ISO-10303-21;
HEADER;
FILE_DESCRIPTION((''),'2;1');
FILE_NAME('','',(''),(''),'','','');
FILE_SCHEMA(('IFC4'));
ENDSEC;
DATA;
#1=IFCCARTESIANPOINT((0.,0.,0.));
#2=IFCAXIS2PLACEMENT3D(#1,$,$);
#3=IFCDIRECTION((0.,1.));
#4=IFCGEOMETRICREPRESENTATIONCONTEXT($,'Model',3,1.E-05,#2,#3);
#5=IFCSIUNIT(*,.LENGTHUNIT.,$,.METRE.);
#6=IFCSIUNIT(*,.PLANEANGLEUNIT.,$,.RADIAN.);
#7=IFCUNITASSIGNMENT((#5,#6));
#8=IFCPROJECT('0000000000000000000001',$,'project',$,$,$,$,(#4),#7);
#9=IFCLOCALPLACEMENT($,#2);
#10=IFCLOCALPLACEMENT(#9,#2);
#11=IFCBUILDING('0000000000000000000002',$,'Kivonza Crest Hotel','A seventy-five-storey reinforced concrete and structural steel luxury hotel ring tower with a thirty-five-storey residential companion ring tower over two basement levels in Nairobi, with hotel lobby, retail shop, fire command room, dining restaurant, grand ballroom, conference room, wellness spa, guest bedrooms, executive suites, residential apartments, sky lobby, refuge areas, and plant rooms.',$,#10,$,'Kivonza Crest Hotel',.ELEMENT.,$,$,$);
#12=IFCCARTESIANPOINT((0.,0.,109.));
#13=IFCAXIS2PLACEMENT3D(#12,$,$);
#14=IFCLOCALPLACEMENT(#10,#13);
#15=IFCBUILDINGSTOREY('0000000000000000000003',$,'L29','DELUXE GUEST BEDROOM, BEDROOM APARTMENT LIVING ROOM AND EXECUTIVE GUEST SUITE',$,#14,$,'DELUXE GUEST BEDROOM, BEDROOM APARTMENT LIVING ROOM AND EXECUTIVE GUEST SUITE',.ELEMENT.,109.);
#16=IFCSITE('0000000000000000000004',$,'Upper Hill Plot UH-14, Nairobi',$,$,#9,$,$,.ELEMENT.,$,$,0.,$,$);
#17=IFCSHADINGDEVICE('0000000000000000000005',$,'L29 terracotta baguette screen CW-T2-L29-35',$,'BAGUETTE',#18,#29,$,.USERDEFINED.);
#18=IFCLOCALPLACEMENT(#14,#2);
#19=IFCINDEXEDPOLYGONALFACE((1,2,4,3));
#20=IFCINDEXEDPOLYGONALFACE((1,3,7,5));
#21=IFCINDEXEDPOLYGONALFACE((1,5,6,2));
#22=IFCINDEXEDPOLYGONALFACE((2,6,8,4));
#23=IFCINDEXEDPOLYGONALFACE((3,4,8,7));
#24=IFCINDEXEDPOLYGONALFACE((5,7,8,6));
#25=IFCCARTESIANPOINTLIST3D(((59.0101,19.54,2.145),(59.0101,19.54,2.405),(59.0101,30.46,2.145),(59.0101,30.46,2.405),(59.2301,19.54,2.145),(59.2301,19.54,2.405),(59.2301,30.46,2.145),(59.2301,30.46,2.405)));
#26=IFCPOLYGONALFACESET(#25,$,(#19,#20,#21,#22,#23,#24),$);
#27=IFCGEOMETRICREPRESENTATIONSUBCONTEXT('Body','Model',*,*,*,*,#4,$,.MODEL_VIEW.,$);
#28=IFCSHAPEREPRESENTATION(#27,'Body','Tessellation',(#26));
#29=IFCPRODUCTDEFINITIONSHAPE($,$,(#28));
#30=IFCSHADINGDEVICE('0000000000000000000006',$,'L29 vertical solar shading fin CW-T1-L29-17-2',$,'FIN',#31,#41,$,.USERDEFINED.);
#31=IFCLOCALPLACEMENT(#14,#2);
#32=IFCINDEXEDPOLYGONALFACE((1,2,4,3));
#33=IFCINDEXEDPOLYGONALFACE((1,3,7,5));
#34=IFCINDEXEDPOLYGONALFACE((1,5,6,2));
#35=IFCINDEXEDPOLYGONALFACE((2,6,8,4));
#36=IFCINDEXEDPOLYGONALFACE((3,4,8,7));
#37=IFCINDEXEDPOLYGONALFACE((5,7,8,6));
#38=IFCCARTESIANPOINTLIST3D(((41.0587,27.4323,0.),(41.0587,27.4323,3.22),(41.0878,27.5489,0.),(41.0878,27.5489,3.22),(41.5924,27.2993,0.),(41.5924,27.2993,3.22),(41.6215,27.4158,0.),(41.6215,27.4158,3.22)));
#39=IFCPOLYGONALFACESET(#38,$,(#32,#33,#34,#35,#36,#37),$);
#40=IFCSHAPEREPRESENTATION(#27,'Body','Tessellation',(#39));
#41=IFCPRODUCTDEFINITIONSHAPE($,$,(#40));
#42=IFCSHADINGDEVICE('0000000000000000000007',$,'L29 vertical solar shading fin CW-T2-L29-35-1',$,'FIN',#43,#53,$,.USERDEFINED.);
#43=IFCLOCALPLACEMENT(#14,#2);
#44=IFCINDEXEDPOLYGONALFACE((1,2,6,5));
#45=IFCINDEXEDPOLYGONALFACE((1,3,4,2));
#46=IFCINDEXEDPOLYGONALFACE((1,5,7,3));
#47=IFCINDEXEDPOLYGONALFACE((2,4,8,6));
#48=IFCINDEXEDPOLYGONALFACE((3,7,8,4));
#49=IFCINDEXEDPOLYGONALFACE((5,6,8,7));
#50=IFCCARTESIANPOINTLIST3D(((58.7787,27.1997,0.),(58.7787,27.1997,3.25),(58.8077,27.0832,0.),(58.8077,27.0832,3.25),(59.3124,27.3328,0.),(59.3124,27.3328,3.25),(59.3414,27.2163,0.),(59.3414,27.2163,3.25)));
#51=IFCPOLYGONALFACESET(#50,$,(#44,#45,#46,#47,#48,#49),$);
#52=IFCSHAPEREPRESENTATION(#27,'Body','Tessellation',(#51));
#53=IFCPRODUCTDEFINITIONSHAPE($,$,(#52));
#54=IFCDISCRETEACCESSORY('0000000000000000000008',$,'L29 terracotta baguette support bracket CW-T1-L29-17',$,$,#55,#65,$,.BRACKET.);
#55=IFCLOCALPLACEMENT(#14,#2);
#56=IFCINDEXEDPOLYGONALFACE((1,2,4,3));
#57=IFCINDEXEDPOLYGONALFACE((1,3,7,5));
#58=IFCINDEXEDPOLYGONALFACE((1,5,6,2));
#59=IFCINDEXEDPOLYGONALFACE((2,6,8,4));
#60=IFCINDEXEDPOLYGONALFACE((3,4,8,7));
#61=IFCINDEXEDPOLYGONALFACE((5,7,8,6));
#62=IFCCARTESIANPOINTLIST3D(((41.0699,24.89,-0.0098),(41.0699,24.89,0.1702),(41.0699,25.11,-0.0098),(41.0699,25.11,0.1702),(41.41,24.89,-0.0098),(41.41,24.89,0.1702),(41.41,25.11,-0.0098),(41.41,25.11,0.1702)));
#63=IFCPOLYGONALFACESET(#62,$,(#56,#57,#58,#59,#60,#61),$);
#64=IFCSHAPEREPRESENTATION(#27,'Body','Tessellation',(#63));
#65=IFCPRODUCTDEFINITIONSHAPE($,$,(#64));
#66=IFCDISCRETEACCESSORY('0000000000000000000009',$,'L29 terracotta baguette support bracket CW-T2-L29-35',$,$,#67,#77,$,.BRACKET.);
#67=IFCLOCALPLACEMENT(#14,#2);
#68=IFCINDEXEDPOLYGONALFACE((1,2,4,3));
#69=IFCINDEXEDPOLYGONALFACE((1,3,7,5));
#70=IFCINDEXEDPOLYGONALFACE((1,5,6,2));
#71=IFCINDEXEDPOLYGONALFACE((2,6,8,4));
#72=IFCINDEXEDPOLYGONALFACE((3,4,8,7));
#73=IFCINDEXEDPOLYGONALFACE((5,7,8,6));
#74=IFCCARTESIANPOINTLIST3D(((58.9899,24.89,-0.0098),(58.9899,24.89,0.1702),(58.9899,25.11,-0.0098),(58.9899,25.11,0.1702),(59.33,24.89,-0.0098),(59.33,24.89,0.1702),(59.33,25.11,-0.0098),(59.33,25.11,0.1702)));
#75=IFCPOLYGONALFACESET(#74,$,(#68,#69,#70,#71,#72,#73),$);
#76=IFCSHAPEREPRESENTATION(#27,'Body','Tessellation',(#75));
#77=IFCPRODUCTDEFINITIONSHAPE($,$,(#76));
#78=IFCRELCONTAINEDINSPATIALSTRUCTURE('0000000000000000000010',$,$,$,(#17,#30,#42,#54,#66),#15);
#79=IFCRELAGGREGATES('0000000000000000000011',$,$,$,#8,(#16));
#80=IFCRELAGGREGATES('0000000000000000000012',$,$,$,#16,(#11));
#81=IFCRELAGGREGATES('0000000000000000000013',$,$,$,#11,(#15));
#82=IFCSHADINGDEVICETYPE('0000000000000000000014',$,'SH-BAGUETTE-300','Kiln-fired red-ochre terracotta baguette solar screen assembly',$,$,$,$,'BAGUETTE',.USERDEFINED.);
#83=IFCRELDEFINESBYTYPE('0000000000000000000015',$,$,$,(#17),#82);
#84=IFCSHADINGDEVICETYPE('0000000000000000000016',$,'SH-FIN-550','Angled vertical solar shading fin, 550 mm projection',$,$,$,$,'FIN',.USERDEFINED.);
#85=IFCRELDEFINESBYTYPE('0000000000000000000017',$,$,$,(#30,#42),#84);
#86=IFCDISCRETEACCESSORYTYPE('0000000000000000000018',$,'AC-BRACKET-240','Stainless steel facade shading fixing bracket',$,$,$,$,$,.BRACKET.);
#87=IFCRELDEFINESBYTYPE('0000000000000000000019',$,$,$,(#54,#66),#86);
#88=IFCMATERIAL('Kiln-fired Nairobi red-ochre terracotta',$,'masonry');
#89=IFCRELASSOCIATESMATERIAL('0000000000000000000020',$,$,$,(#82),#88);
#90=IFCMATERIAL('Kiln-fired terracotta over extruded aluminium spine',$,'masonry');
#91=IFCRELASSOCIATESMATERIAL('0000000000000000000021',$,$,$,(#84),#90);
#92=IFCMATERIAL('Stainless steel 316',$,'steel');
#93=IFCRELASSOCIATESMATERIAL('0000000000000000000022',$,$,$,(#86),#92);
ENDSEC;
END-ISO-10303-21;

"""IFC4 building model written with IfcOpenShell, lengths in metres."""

from ifc_helpers import new_model, si_unit, direction, frame, origin, origin_2d, place, context, subcontext, project, spatial, rectangle, extrude, material, type_object, element, save


model = new_model("IFC4")

# Units and contexts
model_context = context("Model", 3, precision=1e-05, world=origin(), true_north=direction((0.0, 1.0)))
body_context = subcontext(model_context, "Body", "Model", "MODEL_VIEW")
ifc_project = project(units=[si_unit("LENGTHUNIT", "METRE"), si_unit("PLANEANGLEUNIT", "RADIAN")], contexts=[model_context])

# Site, building, storey
site_placement = place(None, origin())
site = spatial("IfcSite", under=ifc_project, at=site_placement, Name="Upper Hill Plot UH-14, Nairobi", CompositionType="ELEMENT", RefElevation=0.0)
building_placement = place(site_placement, origin())
building = spatial("IfcBuilding", under=site, at=building_placement, Name="Kivonza Crest Hotel", Description="A seventy-five-storey reinforced concrete and structural steel luxury hotel ring tower with a thirty-five-storey residential companion ring tower over two basement levels in Nairobi, with hotel lobby, retail shop, fire command room, dining restaurant, grand ballroom, conference room, wellness spa, guest bedrooms, executive suites, residential apartments, sky lobby, refuge areas, and plant rooms.", LongName="Kivonza Crest Hotel", CompositionType="ELEMENT")
storey_placement = place(building_placement, frame((0.0, 0.0, 109.0)))
storey = spatial("IfcBuildingStorey", under=building, at=storey_placement, Name="L29", Description="DELUXE GUEST BEDROOM, BEDROOM APARTMENT LIVING ROOM AND EXECUTIVE GUEST SUITE", LongName="DELUXE GUEST BEDROOM, BEDROOM APARTMENT LIVING ROOM AND EXECUTIVE GUEST SUITE", CompositionType="ELEMENT", Elevation=109.0)

# Shading devices
ifc_material_1 = material(Name="Kiln-fired Nairobi red-ochre terracotta", Category="masonry")
shading_device_type_1 = type_object("IfcShadingDeviceType", Name="SH-BAGUETTE-300", Description="Kiln-fired red-ochre terracotta baguette solar screen assembly", ElementType="BAGUETTE", PredefinedType="USERDEFINED", material=ifc_material_1)
shading_device_1_placement = place(storey_placement, frame((59.1201, 25.0, 2.145), z_axis=(0.0, 0.0, 1.0), x_axis=(0.0, -1.0, 0.0)))
element("IfcShadingDevice", 1, at=shading_device_1_placement, inside=storey, type_object=shading_device_type_1, Name="L29 terracotta baguette screen CW-T2-L29-35", ObjectType="BAGUETTE", PredefinedType="USERDEFINED", context=body_context, shape_type="SweptSolid", body=[
    extrude(rectangle(XDim=10.9199, YDim=0.22, at=origin_2d()), origin(), (0.0, 0.0, 1.0), 0.26),
])
ifc_material_2 = material(Name="Kiln-fired terracotta over extruded aluminium spine", Category="masonry")
shading_device_type_2 = type_object("IfcShadingDeviceType", Name="SH-FIN-550", Description="Angled vertical solar shading fin, 550 mm projection", ElementType="FIN", PredefinedType="USERDEFINED", material=ifc_material_2)
shading_device_2_placement = place(storey_placement, frame((41.3401, 27.4241, 0.0), z_axis=(0.0, 0.0, 1.0), x_axis=(0.241922, 0.970296, 0.0)))
element("IfcShadingDevice", 2, at=shading_device_2_placement, inside=storey, type_object=shading_device_type_2, Name="L29 vertical solar shading fin CW-T1-L29-17-2", ObjectType="FIN", PredefinedType="USERDEFINED", context=body_context, shape_type="SweptSolid", body=[
    extrude(rectangle(XDim=0.1201, YDim=0.55, at=origin_2d()), origin(), (0.0, 0.0, 1.0), 3.22),
])
shading_device_3_placement = place(storey_placement, frame((59.0601, 27.208, 0.0), z_axis=(0.0, 0.0, 1.0), x_axis=(0.241922, -0.970296, 0.0)))
element("IfcShadingDevice", 3, at=shading_device_3_placement, inside=storey, type_object=shading_device_type_2, Name="L29 vertical solar shading fin CW-T2-L29-35-1", ObjectType="FIN", PredefinedType="USERDEFINED", context=body_context, shape_type="SweptSolid", body=[
    extrude(rectangle(XDim=0.1201, YDim=0.55, at=origin_2d()), origin(), (0.0, 0.0, 1.0), 3.25),
])

# Discrete accessories
ifc_material_3 = material(Name="Stainless steel 316", Category="steel")
discrete_accessory_type = type_object("IfcDiscreteAccessoryType", Name="AC-BRACKET-240", Description="Stainless steel facade shading fixing bracket", PredefinedType="BRACKET", material=ifc_material_3)
for number, where, z_axis, x_axis, name in (
    (4, (41.24, 25.0, -0.0098), (0.0, 0.0, 1.0), (0.0, 1.0, 0.0), "L29 terracotta baguette support bracket CW-T1-L29-17"),
    (5, (59.1599, 25.0, -0.0098), (0.0, 0.0, 1.0), (0.0, -1.0, 0.0), "L29 terracotta baguette support bracket CW-T2-L29-35"),
):
    element("IfcDiscreteAccessory", number, at=place(storey_placement, frame(where, z_axis=z_axis, x_axis=x_axis)), inside=storey, type_object=discrete_accessory_type, Name=name, PredefinedType="BRACKET", context=body_context, shape_type="SweptSolid", body=[
        extrude(rectangle(XDim=0.22, YDim=0.3401, at=origin_2d()), origin(), (0.0, 0.0, 1.0), 0.1799),
    ])

save(model, "model.ifc")
